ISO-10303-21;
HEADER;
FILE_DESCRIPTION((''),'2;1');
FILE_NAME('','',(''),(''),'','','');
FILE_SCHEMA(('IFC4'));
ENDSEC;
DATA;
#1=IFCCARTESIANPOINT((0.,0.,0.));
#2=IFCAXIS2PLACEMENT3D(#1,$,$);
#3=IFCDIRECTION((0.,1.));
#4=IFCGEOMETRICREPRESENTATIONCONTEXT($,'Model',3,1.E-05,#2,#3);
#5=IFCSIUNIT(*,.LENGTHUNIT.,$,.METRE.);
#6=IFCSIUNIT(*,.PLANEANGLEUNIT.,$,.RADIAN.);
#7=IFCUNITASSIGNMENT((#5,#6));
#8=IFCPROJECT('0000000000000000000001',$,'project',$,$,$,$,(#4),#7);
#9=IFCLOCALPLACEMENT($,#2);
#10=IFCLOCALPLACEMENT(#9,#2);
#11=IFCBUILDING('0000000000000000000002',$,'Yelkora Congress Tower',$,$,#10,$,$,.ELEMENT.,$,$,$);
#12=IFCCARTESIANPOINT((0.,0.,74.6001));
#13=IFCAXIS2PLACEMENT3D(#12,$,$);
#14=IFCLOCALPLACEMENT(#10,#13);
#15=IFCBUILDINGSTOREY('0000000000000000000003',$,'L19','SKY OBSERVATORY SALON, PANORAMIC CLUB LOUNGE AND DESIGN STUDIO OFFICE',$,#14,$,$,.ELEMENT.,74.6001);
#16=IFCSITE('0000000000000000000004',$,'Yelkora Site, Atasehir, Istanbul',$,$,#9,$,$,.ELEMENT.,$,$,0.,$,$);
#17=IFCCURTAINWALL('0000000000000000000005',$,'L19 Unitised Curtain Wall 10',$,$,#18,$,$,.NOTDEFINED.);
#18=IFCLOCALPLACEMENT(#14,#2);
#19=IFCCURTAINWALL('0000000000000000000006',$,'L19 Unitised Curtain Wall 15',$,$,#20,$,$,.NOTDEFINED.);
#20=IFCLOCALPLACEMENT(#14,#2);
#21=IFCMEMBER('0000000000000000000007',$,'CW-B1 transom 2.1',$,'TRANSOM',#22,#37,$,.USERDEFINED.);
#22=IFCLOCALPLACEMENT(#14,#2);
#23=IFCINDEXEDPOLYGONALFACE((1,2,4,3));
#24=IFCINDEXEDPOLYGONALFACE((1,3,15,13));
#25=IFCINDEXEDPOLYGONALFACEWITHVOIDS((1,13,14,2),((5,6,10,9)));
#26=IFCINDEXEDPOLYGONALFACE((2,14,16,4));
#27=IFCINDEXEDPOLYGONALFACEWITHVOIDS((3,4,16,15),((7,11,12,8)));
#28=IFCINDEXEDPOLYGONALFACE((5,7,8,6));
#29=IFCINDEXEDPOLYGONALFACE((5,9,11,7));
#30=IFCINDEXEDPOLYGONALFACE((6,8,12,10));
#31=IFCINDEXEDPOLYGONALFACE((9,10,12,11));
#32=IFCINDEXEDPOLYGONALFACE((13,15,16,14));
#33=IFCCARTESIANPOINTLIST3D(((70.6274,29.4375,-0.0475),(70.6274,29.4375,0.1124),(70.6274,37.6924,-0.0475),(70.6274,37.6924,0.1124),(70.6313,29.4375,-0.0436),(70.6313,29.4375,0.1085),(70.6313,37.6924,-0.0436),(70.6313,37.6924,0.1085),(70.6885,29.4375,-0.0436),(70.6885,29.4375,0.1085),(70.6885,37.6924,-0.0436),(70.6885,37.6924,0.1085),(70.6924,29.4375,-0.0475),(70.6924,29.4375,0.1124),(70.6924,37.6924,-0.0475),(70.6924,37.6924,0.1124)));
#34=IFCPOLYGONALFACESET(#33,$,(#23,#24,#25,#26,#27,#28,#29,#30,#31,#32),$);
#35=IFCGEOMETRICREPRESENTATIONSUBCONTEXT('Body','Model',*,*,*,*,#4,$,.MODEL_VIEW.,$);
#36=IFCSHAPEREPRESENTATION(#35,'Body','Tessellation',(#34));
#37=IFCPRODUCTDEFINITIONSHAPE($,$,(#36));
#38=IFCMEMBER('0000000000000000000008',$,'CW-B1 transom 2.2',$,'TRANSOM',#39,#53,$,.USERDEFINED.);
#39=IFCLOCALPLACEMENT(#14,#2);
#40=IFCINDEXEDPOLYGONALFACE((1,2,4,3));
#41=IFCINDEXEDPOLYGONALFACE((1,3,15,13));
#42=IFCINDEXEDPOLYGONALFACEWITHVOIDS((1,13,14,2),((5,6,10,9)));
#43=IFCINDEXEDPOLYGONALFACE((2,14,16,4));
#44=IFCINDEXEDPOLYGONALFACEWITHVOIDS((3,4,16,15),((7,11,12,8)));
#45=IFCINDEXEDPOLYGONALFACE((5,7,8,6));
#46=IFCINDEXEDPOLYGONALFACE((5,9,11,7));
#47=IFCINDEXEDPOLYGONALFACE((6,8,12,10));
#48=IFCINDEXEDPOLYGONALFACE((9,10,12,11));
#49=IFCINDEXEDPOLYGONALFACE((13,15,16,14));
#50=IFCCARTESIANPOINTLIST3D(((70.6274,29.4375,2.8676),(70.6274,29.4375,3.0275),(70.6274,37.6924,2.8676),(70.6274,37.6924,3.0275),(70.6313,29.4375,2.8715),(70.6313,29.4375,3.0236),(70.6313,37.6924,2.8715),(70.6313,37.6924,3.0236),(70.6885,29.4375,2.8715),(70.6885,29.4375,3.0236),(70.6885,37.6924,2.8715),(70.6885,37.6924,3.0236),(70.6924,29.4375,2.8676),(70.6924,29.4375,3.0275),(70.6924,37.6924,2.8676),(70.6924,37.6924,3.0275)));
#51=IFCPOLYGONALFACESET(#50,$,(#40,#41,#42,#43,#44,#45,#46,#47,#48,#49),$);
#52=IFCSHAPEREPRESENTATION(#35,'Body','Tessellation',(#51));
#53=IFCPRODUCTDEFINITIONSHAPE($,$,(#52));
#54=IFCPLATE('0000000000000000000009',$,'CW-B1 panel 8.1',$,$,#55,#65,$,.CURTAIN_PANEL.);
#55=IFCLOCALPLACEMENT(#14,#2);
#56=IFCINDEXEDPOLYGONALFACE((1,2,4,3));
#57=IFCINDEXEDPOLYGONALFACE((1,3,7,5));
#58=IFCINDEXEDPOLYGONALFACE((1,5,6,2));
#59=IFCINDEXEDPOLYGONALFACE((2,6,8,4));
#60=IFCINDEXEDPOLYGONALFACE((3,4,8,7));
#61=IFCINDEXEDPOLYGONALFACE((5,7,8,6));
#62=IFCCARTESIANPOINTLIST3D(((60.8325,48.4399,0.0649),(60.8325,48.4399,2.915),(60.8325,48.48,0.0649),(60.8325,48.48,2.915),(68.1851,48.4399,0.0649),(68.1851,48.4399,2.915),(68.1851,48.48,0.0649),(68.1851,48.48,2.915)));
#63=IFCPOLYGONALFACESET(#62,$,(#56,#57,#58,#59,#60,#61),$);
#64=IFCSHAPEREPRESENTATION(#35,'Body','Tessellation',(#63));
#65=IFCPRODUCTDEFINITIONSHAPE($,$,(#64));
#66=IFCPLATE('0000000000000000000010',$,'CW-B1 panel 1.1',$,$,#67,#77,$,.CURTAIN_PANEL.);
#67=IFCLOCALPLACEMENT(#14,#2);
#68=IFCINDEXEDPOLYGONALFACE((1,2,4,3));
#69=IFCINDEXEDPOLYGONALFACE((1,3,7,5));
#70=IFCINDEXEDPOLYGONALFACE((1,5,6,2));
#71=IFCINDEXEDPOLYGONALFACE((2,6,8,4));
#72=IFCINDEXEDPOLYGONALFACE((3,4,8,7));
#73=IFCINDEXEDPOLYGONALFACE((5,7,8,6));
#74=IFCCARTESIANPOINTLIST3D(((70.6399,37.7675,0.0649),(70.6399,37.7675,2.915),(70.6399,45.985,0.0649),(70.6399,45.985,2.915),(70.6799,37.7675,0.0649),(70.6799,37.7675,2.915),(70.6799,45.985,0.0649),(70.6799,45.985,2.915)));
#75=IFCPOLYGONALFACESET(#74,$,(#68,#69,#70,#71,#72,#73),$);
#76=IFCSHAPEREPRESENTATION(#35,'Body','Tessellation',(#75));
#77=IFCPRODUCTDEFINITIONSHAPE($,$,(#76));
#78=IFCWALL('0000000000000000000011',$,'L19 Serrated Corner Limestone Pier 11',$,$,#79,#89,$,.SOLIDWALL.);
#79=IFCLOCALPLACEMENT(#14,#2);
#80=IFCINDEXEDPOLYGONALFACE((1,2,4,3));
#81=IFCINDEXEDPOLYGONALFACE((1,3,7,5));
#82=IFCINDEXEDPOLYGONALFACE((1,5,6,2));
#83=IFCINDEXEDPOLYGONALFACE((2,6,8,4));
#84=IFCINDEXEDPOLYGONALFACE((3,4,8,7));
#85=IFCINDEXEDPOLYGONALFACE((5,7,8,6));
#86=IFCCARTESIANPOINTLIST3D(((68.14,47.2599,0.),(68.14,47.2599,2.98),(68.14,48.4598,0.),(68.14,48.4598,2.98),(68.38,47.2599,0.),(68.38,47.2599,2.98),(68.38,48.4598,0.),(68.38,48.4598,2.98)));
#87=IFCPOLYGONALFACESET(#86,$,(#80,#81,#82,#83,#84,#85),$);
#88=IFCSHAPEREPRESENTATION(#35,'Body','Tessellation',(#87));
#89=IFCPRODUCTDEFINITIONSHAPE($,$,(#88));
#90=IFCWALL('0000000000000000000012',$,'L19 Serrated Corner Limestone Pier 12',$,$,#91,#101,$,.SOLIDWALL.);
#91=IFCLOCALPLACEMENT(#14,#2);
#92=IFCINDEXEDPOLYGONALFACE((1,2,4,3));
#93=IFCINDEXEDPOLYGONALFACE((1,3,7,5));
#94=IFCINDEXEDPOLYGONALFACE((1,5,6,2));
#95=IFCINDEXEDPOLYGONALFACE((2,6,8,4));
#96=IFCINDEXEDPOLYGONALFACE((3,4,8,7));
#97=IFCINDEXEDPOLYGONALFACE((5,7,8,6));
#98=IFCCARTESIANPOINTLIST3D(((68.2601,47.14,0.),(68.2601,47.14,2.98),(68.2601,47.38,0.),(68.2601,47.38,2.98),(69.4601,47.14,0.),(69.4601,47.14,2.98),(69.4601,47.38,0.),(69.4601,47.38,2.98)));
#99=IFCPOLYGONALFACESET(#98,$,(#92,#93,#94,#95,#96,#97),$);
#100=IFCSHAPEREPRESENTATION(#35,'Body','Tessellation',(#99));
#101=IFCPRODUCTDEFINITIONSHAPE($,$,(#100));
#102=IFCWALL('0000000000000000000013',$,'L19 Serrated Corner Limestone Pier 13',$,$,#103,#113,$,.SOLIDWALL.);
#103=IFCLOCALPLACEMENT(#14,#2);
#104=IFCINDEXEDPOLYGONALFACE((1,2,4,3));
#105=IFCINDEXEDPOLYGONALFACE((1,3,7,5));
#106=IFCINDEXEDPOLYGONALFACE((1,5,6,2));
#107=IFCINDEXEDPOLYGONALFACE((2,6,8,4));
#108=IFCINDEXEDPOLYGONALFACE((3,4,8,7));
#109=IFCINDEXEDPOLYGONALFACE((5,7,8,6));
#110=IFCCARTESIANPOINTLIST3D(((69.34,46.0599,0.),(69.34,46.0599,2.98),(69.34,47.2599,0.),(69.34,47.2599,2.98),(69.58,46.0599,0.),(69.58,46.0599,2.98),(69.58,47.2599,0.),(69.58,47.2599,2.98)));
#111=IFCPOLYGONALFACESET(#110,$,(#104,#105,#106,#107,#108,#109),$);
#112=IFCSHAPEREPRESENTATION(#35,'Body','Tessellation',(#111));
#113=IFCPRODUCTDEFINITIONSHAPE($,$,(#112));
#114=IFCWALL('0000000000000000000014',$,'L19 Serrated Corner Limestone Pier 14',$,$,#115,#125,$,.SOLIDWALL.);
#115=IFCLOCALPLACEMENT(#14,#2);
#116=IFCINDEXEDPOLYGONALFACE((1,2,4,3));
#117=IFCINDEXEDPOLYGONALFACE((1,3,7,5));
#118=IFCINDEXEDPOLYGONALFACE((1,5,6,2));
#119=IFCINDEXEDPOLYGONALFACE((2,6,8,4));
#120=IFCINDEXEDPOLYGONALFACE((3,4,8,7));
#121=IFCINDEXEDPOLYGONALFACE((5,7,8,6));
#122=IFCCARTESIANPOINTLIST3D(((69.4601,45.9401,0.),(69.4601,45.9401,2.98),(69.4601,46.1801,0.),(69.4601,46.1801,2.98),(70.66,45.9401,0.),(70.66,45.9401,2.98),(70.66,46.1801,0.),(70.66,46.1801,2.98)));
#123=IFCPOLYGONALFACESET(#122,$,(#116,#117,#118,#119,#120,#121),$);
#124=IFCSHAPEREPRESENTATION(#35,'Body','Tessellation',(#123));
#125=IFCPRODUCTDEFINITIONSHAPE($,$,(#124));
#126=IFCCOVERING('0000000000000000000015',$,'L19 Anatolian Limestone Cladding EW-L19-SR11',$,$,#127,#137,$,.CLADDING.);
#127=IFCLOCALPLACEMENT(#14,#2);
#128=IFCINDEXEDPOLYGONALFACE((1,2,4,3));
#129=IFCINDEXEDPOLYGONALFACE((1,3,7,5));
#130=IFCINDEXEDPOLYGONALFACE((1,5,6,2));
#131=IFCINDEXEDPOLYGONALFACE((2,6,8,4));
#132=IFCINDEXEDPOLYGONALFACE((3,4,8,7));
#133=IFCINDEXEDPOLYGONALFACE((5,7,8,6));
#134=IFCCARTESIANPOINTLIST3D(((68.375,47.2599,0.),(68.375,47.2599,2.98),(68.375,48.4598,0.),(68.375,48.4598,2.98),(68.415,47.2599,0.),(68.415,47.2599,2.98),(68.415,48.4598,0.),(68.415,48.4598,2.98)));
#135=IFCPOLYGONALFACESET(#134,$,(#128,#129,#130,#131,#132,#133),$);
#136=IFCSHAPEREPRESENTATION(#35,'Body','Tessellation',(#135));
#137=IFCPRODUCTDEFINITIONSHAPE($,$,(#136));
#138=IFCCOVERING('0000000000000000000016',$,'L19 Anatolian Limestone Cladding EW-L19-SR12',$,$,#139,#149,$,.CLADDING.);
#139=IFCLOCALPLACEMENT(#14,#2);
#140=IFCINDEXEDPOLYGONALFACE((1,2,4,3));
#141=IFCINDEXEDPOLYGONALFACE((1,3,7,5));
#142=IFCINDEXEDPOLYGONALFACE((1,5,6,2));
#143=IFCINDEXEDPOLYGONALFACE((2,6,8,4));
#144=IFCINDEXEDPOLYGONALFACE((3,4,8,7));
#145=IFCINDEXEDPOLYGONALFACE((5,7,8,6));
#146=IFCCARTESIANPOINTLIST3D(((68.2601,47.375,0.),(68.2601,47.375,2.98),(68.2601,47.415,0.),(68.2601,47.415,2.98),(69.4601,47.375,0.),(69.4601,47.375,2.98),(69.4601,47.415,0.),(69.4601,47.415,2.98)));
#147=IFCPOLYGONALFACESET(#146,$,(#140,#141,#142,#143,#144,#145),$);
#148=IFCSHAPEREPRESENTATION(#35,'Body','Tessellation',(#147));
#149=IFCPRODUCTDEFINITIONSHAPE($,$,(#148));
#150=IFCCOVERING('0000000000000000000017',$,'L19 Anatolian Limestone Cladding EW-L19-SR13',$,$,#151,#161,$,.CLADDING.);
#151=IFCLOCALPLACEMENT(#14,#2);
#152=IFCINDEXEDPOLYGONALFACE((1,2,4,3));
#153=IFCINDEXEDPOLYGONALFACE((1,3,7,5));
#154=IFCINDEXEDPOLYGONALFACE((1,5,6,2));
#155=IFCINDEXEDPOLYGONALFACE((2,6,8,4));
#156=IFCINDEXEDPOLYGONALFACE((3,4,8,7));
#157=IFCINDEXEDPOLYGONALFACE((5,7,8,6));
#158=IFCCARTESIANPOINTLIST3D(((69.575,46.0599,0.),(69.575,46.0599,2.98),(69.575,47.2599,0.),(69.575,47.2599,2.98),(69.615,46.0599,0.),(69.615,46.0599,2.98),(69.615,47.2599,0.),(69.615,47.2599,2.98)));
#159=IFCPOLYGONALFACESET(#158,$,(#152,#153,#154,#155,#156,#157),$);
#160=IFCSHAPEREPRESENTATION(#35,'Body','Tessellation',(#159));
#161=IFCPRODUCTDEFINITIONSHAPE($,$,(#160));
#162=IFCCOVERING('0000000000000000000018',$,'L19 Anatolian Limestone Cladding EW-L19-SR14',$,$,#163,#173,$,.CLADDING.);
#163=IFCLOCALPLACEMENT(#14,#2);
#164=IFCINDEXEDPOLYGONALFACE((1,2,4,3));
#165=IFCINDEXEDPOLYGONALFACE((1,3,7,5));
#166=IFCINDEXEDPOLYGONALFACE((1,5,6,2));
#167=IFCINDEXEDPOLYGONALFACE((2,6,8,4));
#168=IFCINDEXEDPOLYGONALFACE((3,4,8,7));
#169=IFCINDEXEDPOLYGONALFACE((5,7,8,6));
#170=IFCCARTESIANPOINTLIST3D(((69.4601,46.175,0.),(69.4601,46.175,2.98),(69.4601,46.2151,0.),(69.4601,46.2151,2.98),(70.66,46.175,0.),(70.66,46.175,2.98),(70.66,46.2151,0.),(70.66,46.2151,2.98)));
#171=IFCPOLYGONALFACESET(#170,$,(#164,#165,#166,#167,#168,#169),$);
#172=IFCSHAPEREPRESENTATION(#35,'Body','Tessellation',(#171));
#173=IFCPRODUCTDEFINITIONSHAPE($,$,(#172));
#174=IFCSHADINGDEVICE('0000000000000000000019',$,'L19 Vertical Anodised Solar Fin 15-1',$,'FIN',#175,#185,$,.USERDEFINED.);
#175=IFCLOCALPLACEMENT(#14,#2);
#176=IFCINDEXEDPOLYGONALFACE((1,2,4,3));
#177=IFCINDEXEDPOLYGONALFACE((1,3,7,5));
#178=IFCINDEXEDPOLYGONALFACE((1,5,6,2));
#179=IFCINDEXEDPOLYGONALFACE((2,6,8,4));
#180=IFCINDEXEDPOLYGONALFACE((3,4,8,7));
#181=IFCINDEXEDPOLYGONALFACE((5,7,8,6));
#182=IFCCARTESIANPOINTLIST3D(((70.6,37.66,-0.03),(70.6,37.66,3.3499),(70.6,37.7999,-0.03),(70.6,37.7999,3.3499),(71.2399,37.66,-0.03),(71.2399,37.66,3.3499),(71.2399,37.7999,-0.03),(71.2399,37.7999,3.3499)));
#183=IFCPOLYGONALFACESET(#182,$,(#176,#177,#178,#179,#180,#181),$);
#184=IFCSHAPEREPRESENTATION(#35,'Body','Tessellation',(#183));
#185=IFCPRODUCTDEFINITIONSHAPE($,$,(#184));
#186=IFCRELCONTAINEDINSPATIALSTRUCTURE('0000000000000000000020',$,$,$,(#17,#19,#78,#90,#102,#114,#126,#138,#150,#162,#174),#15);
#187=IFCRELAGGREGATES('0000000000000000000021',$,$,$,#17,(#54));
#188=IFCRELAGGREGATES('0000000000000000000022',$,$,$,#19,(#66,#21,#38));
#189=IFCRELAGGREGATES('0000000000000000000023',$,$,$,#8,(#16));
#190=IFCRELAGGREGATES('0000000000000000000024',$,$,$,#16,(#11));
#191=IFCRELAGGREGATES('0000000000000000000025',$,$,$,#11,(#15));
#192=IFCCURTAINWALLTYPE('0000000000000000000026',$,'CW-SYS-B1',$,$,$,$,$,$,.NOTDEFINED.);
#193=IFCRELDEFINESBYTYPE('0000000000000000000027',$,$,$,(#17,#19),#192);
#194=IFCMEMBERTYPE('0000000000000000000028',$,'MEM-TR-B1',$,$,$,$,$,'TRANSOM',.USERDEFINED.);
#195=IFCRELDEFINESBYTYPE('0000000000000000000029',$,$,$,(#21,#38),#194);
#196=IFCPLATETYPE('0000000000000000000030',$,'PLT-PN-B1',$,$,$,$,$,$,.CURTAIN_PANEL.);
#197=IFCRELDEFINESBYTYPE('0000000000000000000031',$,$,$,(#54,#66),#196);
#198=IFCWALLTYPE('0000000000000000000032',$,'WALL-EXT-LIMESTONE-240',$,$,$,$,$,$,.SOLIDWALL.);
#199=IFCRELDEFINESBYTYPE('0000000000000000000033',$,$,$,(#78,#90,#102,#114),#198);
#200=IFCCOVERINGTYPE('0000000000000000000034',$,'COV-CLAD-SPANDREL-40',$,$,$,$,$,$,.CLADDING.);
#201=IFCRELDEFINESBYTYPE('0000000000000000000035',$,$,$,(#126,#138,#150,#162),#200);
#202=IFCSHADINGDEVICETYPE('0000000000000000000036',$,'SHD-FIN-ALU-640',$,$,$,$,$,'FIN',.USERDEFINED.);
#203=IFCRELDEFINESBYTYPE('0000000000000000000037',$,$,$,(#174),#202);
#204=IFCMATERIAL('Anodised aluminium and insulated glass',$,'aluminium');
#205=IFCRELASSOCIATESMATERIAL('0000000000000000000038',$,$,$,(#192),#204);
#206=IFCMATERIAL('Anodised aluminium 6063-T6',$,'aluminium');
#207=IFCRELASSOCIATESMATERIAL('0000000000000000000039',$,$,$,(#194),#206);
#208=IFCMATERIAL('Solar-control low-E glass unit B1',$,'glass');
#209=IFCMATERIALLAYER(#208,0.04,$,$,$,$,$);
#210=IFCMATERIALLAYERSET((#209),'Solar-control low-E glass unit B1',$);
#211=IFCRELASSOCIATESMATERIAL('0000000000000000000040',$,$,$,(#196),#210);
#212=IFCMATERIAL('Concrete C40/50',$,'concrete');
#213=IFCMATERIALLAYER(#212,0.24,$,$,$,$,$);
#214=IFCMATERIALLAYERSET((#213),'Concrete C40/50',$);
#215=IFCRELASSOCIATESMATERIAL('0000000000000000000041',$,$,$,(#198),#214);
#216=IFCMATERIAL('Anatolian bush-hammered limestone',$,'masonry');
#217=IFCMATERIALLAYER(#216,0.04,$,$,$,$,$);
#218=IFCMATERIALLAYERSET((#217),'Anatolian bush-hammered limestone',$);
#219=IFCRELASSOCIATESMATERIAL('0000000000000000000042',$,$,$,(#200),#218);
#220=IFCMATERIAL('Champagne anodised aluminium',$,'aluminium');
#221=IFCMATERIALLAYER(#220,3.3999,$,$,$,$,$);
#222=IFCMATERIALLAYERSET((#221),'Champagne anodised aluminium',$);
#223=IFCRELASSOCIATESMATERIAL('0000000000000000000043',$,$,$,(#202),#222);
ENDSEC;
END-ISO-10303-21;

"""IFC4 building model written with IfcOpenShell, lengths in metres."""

from ifc_helpers import new_model, si_unit, direction, frame, frame_2d, origin, origin_2d, place, context, subcontext, project, spatial, rectangle, hollow_rectangle, extrude, material, layer, layer_set, material_profile, profile_set, type_object, element, aggregate, save


model = new_model("IFC4")

# Units and contexts
model_context = context("Model", 3, precision=1e-05, world=origin(), true_north=direction((0.0, 1.0)))
body_context = subcontext(model_context, "Body", "Model", "MODEL_VIEW")
ifc_project = project(units=[si_unit("LENGTHUNIT", "METRE"), si_unit("PLANEANGLEUNIT", "RADIAN")], contexts=[model_context])

# Site, building, storey
site_placement = place(None, origin())
site = spatial("IfcSite", under=ifc_project, at=site_placement, Name="Yelkora Site, Atasehir, Istanbul", CompositionType="ELEMENT", RefElevation=0.0)
building_placement = place(site_placement, origin())
building = spatial("IfcBuilding", under=site, at=building_placement, Name="Yelkora Congress Tower", CompositionType="ELEMENT")
storey_placement = place(building_placement, frame((0.0, 0.0, 74.6001)))
storey = spatial("IfcBuildingStorey", under=building, at=storey_placement, Name="L19", Description="SKY OBSERVATORY SALON, PANORAMIC CLUB LOUNGE AND DESIGN STUDIO OFFICE", CompositionType="ELEMENT", Elevation=74.6001)

# Curtain wall
ifc_material_1 = material(Name="Anodised aluminium and insulated glass", Category="aluminium")
curtain_wall_type = type_object("IfcCurtainWallType", Name="CW-SYS-B1", PredefinedType="NOTDEFINED", material=ifc_material_1)
curtain_wall_1_placement = place(storey_placement, origin())
curtain_wall_1 = element("IfcCurtainWall", 1, at=curtain_wall_1_placement, inside=storey, type_object=curtain_wall_type, Name="L19 Unitised Curtain Wall 10", PredefinedType="NOTDEFINED")
ifc_material_2 = material(Name="Anodised aluminium 6063-T6", Category="aluminium")

# Curtain wall, members
curtain_wall_2_placement = place(storey_placement, origin())
curtain_wall_2 = element("IfcCurtainWall", 2, at=curtain_wall_2_placement, inside=storey, type_object=curtain_wall_type, Name="L19 Unitised Curtain Wall 15", PredefinedType="NOTDEFINED")
ifc_material_profile_1 = material_profile(ifc_material_2, hollow_rectangle(XDim=0.0649, YDim=0.1599, WallThickness=0.0039, at=origin_2d()), Name="ALU 65x160x4")
ifc_profile_set_1 = profile_set([ifc_material_profile_1], Name="Anodised aluminium 6063-T6")
member_type_1 = type_object("IfcMemberType", Name="MEM-TR-B1", ElementType="TRANSOM", PredefinedType="USERDEFINED", material=ifc_profile_set_1)
member_1_placement = place(storey_placement, frame((70.6599, 37.6924, 0.0325), z_axis=(0.0, -1.0, 0.0), x_axis=(1.0, 0.0, 0.0)))
member_1 = element("IfcMember", 3, at=member_1_placement, type_object=member_type_1, Name="CW-B1 transom 2.1", ObjectType="TRANSOM", PredefinedType="USERDEFINED", context=body_context, shape_type="SweptSolid", body=[
    extrude(hollow_rectangle(XDim=0.0649, YDim=0.1599, WallThickness=0.0039, at=origin_2d()), origin(), (0.0, 0.0, 1.0), 8.2549),
])
member_2_placement = place(storey_placement, frame((70.6599, 37.6924, 2.9475), z_axis=(0.0, -1.0, 0.0), x_axis=(1.0, 0.0, 0.0)))
member_2 = element("IfcMember", 4, at=member_2_placement, type_object=member_type_1, Name="CW-B1 transom 2.2", ObjectType="TRANSOM", PredefinedType="USERDEFINED", context=body_context, shape_type="SweptSolid", body=[
    extrude(hollow_rectangle(XDim=0.0649, YDim=0.1599, WallThickness=0.0039, at=origin_2d()), origin(), (0.0, 0.0, 1.0), 8.2549),
])

# Plates
ifc_material_3 = material(Name="Solar-control low-E glass unit B1", Category="glass")
ifc_layer_1 = layer(ifc_material_3, 0.04)
ifc_layer_set_1 = layer_set([ifc_layer_1], Name="Solar-control low-E glass unit B1")
plate_type = type_object("IfcPlateType", Name="PLT-PN-B1", PredefinedType="CURTAIN_PANEL", material=ifc_layer_set_1)
plate_1_placement = place(storey_placement, frame((64.5088, 48.46, 0.0649), z_axis=(0.0, 0.0, 1.0), x_axis=(1.0, 0.0, 0.0)))
plate_1 = element("IfcPlate", 5, at=plate_1_placement, type_object=plate_type, Name="CW-B1 panel 8.1", PredefinedType="CURTAIN_PANEL", context=body_context, shape_type="SweptSolid", body=[
    extrude(rectangle(XDim=7.3525, YDim=0.04, at=origin_2d()), origin(), (0.0, 0.0, 1.0), 2.8501),
])
aggregate(curtain_wall_1, [plate_1])
plate_2_placement = place(storey_placement, frame((70.6599, 41.8762, 0.0649), z_axis=(0.0, 0.0, 1.0), x_axis=(0.0, -1.0, 0.0)))
plate_2 = element("IfcPlate", 6, at=plate_2_placement, type_object=plate_type, Name="CW-B1 panel 1.1", PredefinedType="CURTAIN_PANEL", context=body_context, shape_type="SweptSolid", body=[
    extrude(rectangle(XDim=8.2175, YDim=0.04, at=origin_2d()), origin(), (0.0, 0.0, 1.0), 2.8501),
])
aggregate(curtain_wall_2, [plate_2, member_1, member_2])

# Walls
ifc_material_4 = material(Name="Concrete C40/50", Category="concrete")
ifc_layer_2 = layer(ifc_material_4, 0.24)
ifc_layer_set_2 = layer_set([ifc_layer_2], Name="Concrete C40/50")
wall_type = type_object("IfcWallType", Name="WALL-EXT-LIMESTONE-240", PredefinedType="SOLIDWALL", material=ifc_layer_set_2)
for number, where, z_axis, x_axis, name in (
    (7, (68.26, 48.46, 0.0), (0.0, 0.0, 1.0), (0.0, -1.0, 0.0), "L19 Serrated Corner Limestone Pier 11"),
    (8, (68.26, 47.26, 0.0), (0.0, 0.0, 1.0), (1.0, 0.0, 0.0), "L19 Serrated Corner Limestone Pier 12"),
    (9, (69.46, 47.26, 0.0), (0.0, 0.0, 1.0), (0.0, -1.0, 0.0), "L19 Serrated Corner Limestone Pier 13"),
    (10, (69.46, 46.0601, 0.0), (0.0, 0.0, 1.0), (1.0, 0.0, 0.0), "L19 Serrated Corner Limestone Pier 14"),
):
    element("IfcWall", number, at=place(storey_placement, frame(where, z_axis=z_axis, x_axis=x_axis)), inside=storey, type_object=wall_type, Name=name, PredefinedType="SOLIDWALL", context=body_context, shape_type="SweptSolid", body=[
        extrude(rectangle(XDim=1.2, YDim=0.24, at=frame_2d((0.6001, 0.0))), origin(), (0.0, 0.0, 1.0), 2.98),
    ])

# Coverings
ifc_material_5 = material(Name="Anatolian bush-hammered limestone", Category="masonry")
ifc_layer_3 = layer(ifc_material_5, 0.04)
ifc_layer_set_3 = layer_set([ifc_layer_3], Name="Anatolian bush-hammered limestone")
covering_type = type_object("IfcCoveringType", Name="COV-CLAD-SPANDREL-40", PredefinedType="CLADDING", material=ifc_layer_set_3)
for number, where, z_axis, x_axis, name in (
    (11, (68.395, 48.46, 0.0), (0.0, 0.0, 1.0), (0.0, -1.0, 0.0), "L19 Anatolian Limestone Cladding EW-L19-SR11"),
    (12, (68.26, 47.395, 0.0), (0.0, 0.0, 1.0), (1.0, 0.0, 0.0), "L19 Anatolian Limestone Cladding EW-L19-SR12"),
    (13, (69.595, 47.26, 0.0), (0.0, 0.0, 1.0), (0.0, -1.0, 0.0), "L19 Anatolian Limestone Cladding EW-L19-SR13"),
    (14, (69.46, 46.1951, 0.0), (0.0, 0.0, 1.0), (1.0, 0.0, 0.0), "L19 Anatolian Limestone Cladding EW-L19-SR14"),
):
    element("IfcCovering", number, at=place(storey_placement, frame(where, z_axis=z_axis, x_axis=x_axis)), inside=storey, type_object=covering_type, Name=name, PredefinedType="CLADDING", context=body_context, shape_type="SweptSolid", body=[
        extrude(rectangle(XDim=1.2, YDim=0.04, at=frame_2d((0.6001, 0.0))), origin(), (0.0, 0.0, 1.0), 2.98),
    ])

# Shading device
ifc_material_6 = material(Name="Champagne anodised aluminium", Category="aluminium")
ifc_layer_4 = layer(ifc_material_6, 3.3999)
ifc_layer_set_4 = layer_set([ifc_layer_4], Name="Champagne anodised aluminium")
shading_device_type = type_object("IfcShadingDeviceType", Name="SHD-FIN-ALU-640", ElementType="FIN", PredefinedType="USERDEFINED", material=ifc_layer_set_4)
shading_device_placement = place(storey_placement, frame((70.9199, 37.73, -0.03), z_axis=(0.0, 0.0, 1.0), x_axis=(0.0, -1.0, 0.0)))
element("IfcShadingDevice", 15, at=shading_device_placement, inside=storey, type_object=shading_device_type, Name="L19 Vertical Anodised Solar Fin 15-1", ObjectType="FIN", PredefinedType="USERDEFINED", context=body_context, shape_type="SweptSolid", body=[
    extrude(rectangle(XDim=0.1399, YDim=0.6399, at=origin_2d()), origin(), (0.0, 0.0, 1.0), 3.3799),
])

save(model, "model.ifc")
